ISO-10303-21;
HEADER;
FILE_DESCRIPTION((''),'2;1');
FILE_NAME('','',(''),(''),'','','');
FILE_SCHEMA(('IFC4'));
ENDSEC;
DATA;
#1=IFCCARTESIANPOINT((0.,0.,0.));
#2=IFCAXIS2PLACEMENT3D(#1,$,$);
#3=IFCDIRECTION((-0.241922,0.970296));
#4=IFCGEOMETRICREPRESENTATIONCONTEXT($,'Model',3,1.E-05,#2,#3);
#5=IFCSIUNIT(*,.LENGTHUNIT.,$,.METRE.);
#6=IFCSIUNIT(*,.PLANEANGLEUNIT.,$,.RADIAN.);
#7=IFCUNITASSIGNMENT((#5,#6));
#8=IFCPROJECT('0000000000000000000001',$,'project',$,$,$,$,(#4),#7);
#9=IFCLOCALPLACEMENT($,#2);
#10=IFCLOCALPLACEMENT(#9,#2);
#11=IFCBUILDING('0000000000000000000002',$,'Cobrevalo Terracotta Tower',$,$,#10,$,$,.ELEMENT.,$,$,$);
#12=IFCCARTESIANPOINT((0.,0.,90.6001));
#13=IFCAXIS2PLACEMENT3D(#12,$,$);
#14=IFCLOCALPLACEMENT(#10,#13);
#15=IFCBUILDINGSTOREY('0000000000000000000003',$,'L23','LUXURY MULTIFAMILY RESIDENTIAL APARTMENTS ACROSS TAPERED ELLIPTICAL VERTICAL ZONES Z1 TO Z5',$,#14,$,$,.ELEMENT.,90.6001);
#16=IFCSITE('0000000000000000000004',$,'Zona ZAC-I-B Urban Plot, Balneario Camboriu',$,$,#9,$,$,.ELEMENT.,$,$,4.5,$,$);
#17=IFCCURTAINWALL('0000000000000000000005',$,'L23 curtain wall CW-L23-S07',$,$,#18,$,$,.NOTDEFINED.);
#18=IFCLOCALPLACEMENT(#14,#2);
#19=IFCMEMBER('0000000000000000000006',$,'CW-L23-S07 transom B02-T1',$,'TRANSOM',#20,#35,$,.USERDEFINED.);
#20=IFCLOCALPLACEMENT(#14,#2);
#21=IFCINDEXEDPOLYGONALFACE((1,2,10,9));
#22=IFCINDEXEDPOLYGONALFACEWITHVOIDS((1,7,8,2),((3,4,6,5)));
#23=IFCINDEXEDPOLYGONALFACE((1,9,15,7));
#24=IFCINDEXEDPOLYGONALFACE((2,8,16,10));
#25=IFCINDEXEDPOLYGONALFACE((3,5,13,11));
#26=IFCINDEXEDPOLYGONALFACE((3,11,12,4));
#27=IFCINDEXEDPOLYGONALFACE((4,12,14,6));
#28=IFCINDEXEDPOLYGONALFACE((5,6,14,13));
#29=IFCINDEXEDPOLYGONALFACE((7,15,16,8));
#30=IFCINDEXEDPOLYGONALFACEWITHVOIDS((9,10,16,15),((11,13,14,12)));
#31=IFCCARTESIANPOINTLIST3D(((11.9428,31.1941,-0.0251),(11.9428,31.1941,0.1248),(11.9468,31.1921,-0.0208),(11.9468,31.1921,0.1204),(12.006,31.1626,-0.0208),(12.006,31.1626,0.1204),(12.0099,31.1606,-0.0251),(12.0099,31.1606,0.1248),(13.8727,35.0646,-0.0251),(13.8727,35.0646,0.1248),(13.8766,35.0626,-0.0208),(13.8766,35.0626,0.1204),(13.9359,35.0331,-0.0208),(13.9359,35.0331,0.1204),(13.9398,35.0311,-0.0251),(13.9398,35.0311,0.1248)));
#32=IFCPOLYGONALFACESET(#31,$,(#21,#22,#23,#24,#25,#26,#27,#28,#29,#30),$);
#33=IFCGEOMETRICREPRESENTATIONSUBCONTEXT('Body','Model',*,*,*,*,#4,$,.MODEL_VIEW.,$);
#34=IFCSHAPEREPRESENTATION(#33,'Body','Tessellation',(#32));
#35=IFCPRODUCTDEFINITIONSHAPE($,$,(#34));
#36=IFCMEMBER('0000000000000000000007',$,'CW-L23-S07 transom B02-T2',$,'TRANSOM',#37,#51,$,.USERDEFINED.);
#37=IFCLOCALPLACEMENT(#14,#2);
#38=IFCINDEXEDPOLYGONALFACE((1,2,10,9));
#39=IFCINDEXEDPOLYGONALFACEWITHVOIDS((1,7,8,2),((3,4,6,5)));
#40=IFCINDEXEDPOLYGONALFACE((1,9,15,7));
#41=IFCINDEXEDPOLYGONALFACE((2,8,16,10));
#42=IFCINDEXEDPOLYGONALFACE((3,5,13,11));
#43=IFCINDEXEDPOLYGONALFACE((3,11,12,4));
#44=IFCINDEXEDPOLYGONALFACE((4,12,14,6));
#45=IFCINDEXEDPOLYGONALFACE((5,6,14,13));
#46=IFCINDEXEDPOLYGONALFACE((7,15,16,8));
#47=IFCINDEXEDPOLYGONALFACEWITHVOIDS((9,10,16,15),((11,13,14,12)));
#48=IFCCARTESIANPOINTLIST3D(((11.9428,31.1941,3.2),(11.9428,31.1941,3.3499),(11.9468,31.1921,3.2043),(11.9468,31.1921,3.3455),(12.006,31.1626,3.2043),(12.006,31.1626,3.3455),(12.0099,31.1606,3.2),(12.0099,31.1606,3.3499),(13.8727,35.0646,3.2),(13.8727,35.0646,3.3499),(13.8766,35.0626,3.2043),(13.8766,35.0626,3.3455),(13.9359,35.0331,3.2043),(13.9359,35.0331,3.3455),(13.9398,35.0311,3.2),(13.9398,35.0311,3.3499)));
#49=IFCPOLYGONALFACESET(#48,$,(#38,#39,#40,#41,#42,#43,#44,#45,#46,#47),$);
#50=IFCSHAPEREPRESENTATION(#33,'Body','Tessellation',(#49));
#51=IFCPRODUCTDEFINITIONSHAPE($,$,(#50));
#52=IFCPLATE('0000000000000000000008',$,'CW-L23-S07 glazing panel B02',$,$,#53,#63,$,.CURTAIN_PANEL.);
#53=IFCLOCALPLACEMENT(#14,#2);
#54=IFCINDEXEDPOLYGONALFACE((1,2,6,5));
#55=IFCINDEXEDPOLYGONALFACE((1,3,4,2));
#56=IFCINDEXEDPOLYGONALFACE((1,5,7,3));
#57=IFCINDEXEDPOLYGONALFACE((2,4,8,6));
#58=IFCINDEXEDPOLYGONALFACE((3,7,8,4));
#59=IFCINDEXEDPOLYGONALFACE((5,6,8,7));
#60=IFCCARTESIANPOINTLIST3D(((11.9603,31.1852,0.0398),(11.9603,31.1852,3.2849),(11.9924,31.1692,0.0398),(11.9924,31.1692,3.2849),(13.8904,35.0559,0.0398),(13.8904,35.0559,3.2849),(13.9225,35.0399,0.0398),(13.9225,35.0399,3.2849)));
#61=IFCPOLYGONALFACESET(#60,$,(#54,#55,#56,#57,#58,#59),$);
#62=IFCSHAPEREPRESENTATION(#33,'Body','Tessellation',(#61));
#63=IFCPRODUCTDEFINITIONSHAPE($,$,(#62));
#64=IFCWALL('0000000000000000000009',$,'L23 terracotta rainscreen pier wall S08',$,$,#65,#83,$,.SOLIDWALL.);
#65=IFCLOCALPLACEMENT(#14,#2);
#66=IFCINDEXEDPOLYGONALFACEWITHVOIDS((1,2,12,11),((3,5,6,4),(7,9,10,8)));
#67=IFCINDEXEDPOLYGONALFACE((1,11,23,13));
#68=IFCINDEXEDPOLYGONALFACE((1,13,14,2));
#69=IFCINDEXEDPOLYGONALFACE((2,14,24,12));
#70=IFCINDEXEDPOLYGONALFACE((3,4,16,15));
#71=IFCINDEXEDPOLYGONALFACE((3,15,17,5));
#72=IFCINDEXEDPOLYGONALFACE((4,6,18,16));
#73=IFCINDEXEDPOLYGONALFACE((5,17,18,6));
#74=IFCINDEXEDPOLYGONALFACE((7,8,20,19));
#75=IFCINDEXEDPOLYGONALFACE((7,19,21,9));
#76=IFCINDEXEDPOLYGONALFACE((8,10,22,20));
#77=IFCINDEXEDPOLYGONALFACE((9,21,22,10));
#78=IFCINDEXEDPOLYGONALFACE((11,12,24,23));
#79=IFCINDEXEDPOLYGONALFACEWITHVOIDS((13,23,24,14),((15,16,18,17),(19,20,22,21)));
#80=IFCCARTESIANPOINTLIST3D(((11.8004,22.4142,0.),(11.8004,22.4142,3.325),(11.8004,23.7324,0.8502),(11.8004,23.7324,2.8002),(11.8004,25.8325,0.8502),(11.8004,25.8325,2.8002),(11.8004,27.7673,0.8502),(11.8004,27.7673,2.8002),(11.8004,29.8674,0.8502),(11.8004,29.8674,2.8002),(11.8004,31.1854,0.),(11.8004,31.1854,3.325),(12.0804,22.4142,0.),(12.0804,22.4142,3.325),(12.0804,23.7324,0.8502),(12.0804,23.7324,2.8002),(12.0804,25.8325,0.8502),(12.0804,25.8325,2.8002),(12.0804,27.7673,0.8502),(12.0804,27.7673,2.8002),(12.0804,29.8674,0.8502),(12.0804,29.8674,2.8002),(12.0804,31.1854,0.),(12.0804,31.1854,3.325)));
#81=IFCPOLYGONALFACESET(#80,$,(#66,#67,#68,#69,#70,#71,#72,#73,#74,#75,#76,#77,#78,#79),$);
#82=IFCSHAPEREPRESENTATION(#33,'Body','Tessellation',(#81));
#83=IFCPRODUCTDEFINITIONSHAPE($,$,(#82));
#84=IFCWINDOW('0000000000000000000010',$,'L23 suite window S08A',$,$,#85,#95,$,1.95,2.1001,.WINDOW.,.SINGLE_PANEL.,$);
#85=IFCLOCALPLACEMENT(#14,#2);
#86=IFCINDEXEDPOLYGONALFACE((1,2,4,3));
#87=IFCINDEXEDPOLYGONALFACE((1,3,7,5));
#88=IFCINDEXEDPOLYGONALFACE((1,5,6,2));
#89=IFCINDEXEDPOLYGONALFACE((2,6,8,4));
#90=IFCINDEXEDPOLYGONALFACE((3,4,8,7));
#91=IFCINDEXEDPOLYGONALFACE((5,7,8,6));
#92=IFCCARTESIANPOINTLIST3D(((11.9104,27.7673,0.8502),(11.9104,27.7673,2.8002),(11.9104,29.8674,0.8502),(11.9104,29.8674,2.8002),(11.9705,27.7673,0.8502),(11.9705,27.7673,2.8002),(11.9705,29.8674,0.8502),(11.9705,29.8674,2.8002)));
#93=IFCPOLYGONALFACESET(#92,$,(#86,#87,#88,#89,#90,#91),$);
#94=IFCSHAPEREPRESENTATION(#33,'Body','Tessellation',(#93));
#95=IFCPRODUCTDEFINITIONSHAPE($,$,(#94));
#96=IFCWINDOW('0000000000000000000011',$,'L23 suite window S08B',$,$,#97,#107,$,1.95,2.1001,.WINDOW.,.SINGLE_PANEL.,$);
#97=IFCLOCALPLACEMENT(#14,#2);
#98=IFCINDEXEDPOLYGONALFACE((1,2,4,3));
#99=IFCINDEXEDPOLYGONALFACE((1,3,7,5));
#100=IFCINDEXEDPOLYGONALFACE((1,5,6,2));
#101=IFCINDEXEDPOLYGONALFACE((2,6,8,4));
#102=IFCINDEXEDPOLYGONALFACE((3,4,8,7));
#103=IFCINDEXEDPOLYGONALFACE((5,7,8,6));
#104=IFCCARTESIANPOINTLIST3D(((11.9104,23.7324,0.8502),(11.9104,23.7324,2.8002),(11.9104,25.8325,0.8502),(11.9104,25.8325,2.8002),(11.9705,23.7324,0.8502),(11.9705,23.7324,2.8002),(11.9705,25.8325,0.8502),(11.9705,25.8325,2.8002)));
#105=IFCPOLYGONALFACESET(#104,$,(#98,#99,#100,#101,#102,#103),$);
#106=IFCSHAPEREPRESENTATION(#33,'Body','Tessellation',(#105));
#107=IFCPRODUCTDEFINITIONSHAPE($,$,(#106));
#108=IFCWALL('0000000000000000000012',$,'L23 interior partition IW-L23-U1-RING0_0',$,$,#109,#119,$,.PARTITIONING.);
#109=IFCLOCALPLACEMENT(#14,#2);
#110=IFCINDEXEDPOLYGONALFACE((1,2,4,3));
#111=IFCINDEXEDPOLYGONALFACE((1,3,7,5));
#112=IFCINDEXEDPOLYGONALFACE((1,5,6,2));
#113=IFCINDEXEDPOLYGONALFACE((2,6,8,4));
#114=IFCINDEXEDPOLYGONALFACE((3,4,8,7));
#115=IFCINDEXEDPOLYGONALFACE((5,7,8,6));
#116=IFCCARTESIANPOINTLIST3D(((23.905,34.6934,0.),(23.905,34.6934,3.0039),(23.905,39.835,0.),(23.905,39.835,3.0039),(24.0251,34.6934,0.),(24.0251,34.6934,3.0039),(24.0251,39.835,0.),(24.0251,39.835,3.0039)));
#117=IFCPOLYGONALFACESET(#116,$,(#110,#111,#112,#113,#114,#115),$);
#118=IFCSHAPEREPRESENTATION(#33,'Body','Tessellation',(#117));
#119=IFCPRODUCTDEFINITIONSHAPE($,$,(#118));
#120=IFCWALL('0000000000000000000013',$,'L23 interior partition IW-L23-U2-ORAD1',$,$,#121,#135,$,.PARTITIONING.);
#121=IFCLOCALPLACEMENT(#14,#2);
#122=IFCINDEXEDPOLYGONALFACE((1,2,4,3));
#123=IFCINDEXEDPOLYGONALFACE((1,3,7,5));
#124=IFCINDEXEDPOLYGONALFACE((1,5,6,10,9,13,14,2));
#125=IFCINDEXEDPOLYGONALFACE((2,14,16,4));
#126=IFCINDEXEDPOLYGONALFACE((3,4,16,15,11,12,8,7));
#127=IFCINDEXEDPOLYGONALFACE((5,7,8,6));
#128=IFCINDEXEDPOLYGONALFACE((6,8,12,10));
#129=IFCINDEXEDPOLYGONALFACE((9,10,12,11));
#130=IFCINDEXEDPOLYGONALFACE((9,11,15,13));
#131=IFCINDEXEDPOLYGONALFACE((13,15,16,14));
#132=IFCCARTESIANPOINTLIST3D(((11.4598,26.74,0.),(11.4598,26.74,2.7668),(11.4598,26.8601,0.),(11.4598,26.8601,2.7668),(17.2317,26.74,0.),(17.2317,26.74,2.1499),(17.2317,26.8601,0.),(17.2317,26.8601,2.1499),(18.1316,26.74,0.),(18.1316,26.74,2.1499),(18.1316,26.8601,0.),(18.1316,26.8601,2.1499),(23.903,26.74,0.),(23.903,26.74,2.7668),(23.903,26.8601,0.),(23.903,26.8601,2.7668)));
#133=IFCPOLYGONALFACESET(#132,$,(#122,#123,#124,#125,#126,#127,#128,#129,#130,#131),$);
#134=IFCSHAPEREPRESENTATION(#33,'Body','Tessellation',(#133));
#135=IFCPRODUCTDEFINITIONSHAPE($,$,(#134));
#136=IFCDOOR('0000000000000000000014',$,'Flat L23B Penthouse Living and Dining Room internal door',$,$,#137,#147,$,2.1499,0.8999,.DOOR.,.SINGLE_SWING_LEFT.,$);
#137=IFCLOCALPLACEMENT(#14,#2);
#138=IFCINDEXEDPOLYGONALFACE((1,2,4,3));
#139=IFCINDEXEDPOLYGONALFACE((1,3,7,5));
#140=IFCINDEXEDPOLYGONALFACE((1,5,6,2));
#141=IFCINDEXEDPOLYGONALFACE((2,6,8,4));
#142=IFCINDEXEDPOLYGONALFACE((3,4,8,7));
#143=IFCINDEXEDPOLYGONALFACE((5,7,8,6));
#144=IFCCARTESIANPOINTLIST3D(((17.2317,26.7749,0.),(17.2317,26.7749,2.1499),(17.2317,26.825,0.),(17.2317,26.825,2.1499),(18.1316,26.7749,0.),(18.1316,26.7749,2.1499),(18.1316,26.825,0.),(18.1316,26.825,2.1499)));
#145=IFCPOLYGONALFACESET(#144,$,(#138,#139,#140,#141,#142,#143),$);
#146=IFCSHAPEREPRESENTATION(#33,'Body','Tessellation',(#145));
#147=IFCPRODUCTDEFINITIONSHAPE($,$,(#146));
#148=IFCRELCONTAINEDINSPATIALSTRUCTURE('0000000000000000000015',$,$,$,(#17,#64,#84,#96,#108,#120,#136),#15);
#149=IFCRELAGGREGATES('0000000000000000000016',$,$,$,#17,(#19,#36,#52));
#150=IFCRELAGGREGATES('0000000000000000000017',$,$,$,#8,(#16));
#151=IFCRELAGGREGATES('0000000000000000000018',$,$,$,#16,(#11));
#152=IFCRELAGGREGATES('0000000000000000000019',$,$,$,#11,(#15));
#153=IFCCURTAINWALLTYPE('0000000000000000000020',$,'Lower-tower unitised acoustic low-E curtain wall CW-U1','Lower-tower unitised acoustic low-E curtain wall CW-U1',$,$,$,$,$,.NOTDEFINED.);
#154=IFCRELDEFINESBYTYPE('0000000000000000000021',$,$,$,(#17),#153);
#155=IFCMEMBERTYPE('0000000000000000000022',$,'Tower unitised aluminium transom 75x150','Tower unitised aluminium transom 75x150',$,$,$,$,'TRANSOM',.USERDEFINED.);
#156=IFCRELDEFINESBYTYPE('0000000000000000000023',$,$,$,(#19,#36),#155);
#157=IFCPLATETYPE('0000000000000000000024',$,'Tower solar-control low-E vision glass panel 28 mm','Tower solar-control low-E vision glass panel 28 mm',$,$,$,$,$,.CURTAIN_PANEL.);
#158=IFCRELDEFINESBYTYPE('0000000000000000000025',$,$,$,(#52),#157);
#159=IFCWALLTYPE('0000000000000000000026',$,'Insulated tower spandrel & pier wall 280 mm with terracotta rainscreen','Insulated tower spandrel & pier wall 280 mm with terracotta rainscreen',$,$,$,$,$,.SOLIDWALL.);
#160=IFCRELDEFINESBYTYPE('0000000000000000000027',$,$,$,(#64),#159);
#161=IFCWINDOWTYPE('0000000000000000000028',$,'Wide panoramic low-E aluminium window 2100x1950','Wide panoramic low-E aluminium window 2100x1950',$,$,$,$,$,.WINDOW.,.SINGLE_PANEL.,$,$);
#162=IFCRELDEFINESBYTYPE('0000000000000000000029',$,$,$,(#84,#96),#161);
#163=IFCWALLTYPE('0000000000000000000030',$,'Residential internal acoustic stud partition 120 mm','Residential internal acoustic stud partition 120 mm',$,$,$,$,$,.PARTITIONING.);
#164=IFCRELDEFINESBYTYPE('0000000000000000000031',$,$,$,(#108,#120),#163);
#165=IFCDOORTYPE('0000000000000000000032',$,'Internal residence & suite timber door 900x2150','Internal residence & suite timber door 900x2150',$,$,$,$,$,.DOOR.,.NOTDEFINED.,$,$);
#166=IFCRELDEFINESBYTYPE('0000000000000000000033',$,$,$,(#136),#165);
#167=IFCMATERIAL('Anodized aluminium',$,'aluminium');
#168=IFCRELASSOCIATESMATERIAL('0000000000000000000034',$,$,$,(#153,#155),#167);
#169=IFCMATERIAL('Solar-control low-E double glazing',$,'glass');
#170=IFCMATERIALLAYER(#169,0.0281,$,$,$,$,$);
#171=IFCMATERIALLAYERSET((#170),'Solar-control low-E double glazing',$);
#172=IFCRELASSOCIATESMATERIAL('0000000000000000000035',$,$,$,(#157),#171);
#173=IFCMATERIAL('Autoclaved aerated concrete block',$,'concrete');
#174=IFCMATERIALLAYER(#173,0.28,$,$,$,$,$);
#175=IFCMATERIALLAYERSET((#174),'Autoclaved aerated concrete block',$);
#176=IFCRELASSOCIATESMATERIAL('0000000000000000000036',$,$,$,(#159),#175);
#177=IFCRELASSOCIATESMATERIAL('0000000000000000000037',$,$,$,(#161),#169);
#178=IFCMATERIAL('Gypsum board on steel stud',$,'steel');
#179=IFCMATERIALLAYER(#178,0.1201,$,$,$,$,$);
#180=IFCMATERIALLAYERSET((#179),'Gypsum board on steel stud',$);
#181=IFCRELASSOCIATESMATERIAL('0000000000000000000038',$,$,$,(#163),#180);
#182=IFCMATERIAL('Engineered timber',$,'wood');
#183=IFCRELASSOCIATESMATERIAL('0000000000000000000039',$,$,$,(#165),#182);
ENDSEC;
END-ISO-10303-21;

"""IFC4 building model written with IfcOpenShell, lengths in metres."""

from ifc_helpers import new_model, si_unit, direction, frame, frame_2d, origin, origin_2d, place, context, subcontext, project, spatial, rectangle, hollow_rectangle, extrude, source, transform, mapped, material, layer, layer_set, material_profile, profile_set, type_object, element, fill, aggregate, save


model = new_model("IFC4")

# Units and contexts
model_context = context("Model", 3, precision=1e-05, world=origin(), true_north=direction((-0.241922, 0.970296)))
body_context = subcontext(model_context, "Body", "Model", "MODEL_VIEW")
ifc_project = project(units=[si_unit("LENGTHUNIT", "METRE"), si_unit("PLANEANGLEUNIT", "RADIAN")], contexts=[model_context])

# Site, building, storey
site_placement = place(None, origin())
site = spatial("IfcSite", under=ifc_project, at=site_placement, Name="Zona ZAC-I-B Urban Plot, Balneario Camboriu", CompositionType="ELEMENT", RefElevation=4.5)
building_placement = place(site_placement, origin())
building = spatial("IfcBuilding", under=site, at=building_placement, Name="Cobrevalo Terracotta Tower", CompositionType="ELEMENT")
storey_placement = place(building_placement, frame((0.0, 0.0, 90.6001)))
storey = spatial("IfcBuildingStorey", under=building, at=storey_placement, Name="L23", Description="LUXURY MULTIFAMILY RESIDENTIAL APARTMENTS ACROSS TAPERED ELLIPTICAL VERTICAL ZONES Z1 TO Z5", CompositionType="ELEMENT", Elevation=90.6001)

# Curtain wall
ifc_material_1 = material(Name="Anodized aluminium", Category="aluminium")
curtain_wall_type = type_object("IfcCurtainWallType", Name="Lower-tower unitised acoustic low-E curtain wall CW-U1", Description="Lower-tower unitised acoustic low-E curtain wall CW-U1", PredefinedType="NOTDEFINED", material=ifc_material_1)
curtain_wall_1_placement = place(storey_placement, origin())
curtain_wall_1 = element("IfcCurtainWall", 1, at=curtain_wall_1_placement, inside=storey, type_object=curtain_wall_type, Name="L23 curtain wall CW-L23-S07", PredefinedType="NOTDEFINED")

# Members
ifc_material_profile_1 = material_profile(ifc_material_1, hollow_rectangle(XDim=0.075, YDim=0.1499, WallThickness=0.0044, at=origin_2d()), Name="CWT 75x150")
ifc_profile_set_1 = profile_set([ifc_material_profile_1], Name="Anodized aluminium")
member_type_1 = type_object("IfcMemberType", Name="Tower unitised aluminium transom 75x150", Description="Tower unitised aluminium transom 75x150", ElementType="TRANSOM", PredefinedType="USERDEFINED", material=ifc_profile_set_1)
shared_shape_1 = source(origin(), body_context, "Body", "SweptSolid", [
    extrude(hollow_rectangle(XDim=0.075, YDim=0.1499, WallThickness=0.0044, at=origin_2d()), origin(), (0.0, 0.0, 1.0), 4.325),
])
member_1_placement = place(storey_placement, frame((13.9062, 35.0479, 0.0498), z_axis=(-0.44622, -0.894923, 0.0), x_axis=(0.894923, -0.44622, 0.0)))
member_1 = element("IfcMember", 2, at=member_1_placement, type_object=member_type_1, Name="CW-L23-S07 transom B02-T1", ObjectType="TRANSOM", PredefinedType="USERDEFINED", context=body_context, shape_type="MappedRepresentation", body=[
    mapped(shared_shape_1, transform((0.0, 0.0, 0.0), scale=1.0)),
])
member_2_placement = place(storey_placement, frame((13.9062, 35.0479, 3.2749), z_axis=(-0.44622, -0.894923, 0.0), x_axis=(0.894923, -0.44622, 0.0)))
member_2 = element("IfcMember", 3, at=member_2_placement, type_object=member_type_1, Name="CW-L23-S07 transom B02-T2", ObjectType="TRANSOM", PredefinedType="USERDEFINED", context=body_context, shape_type="MappedRepresentation", body=[
    mapped(shared_shape_1, transform((0.0, 0.0, 0.0), scale=1.0)),
])

# Plate
ifc_material_2 = material(Name="Solar-control low-E double glazing", Category="glass")
ifc_layer_1 = layer(ifc_material_2, 0.0281)
ifc_layer_set_1 = layer_set([ifc_layer_1], Name="Solar-control low-E double glazing")
plate_type = type_object("IfcPlateType", Name="Tower solar-control low-E vision glass panel 28 mm", Description="Tower solar-control low-E vision glass panel 28 mm", PredefinedType="CURTAIN_PANEL", material=ifc_layer_set_1)
shared_shape_2 = source(origin(), body_context, "Body", "SweptSolid", [
    extrude(rectangle(XDim=4.3252, YDim=0.0359, at=origin_2d()), origin(), (0.0, 0.0, 1.0), 3.2451),
])
plate_placement = place(storey_placement, frame((12.9414, 33.1125, 0.0398), z_axis=(0.0, 0.0, 1.0), x_axis=(-0.446262, -0.894902, 0.0)))
plate = element("IfcPlate", 4, at=plate_placement, type_object=plate_type, Name="CW-L23-S07 glazing panel B02", PredefinedType="CURTAIN_PANEL", context=body_context, shape_type="MappedRepresentation", body=[
    mapped(shared_shape_2, transform((0.0, 0.0, 0.0), scale=1.0)),
])
aggregate(curtain_wall_1, [member_1, member_2, plate])

# Wall, openings, windows
ifc_material_3 = material(Name="Autoclaved aerated concrete block", Category="concrete")
ifc_layer_2 = layer(ifc_material_3, 0.28)
ifc_layer_set_2 = layer_set([ifc_layer_2], Name="Autoclaved aerated concrete block")
wall_type_1 = type_object("IfcWallType", Name="Insulated tower spandrel & pier wall 280 mm with terracotta rainscreen", Description="Insulated tower spandrel & pier wall 280 mm with terracotta rainscreen", PredefinedType="SOLIDWALL", material=ifc_layer_set_2)
wall_1_placement = place(storey_placement, frame((11.9404, 31.1855, 0.0), z_axis=(0.0, 0.0, 1.0), x_axis=(0.0, -1.0, 0.0)))
wall_1 = element("IfcWall", 5, at=wall_1_placement, inside=storey, type_object=wall_type_1, Name="L23 terracotta rainscreen pier wall S08", PredefinedType="SOLIDWALL", context=body_context, shape_type="SweptSolid", body=[
    extrude(rectangle(XDim=8.7712, YDim=0.28, at=frame_2d((4.3857, 0.0))), origin(), (0.0, 0.0, 1.0), 3.325),
])
opening_1_placement = place(wall_1_placement, frame((1.3181, 0.0, 0.8501)))
opening_1 = element("IfcOpeningElement", 6, at=opening_1_placement, cuts=wall_1, PredefinedType="OPENING", context=body_context, shape_type="SweptSolid", body=[
    extrude(rectangle(XDim=2.1001, YDim=1.95, at=frame_2d((1.05, 0.9751))), frame((0.0, 0.1499, 0.0), z_axis=(0.0, -1.0, 0.0), x_axis=(1.0, 0.0, 0.0)), (0.0, 0.0, 1.0), 0.3),
])
opening_2_placement = place(wall_1_placement, frame((5.353, 0.0, 0.8501)))
opening_2 = element("IfcOpeningElement", 7, at=opening_2_placement, cuts=wall_1, PredefinedType="OPENING", context=body_context, shape_type="SweptSolid", body=[
    extrude(rectangle(XDim=2.1001, YDim=1.95, at=frame_2d((1.05, 0.9751))), frame((0.0, 0.1499, 0.0), z_axis=(0.0, -1.0, 0.0), x_axis=(1.0, 0.0, 0.0)), (0.0, 0.0, 1.0), 0.3),
])
window_type = type_object("IfcWindowType", Name="Wide panoramic low-E aluminium window 2100x1950", Description="Wide panoramic low-E aluminium window 2100x1950", PartitioningType="SINGLE_PANEL", PredefinedType="WINDOW", material=ifc_material_2)
shared_shape_3 = source(origin(), body_context, "Body", "SweptSolid", [
    extrude(rectangle(XDim=2.1001, YDim=1.95, at=frame_2d((1.05, 0.9751))), frame((0.0, 0.03, 0.0), z_axis=(0.0, -1.0, 0.0), x_axis=(1.0, 0.0, 0.0)), (0.0, 0.0, 1.0), 0.0601),
])
window_1_placement = place(opening_1_placement, origin())
window_1 = element("IfcWindow", 8, at=window_1_placement, inside=storey, type_object=window_type, Name="L23 suite window S08A", OverallHeight=1.95, OverallWidth=2.1001, PartitioningType="SINGLE_PANEL", PredefinedType="WINDOW", context=body_context, shape_type="MappedRepresentation", body=[
    mapped(shared_shape_3, transform((0.0, 0.0, 0.0), scale=1.0)),
])
fill(opening_1, window_1)
window_2_placement = place(opening_2_placement, origin())
window_2 = element("IfcWindow", 9, at=window_2_placement, inside=storey, type_object=window_type, Name="L23 suite window S08B", OverallHeight=1.95, OverallWidth=2.1001, PartitioningType="SINGLE_PANEL", PredefinedType="WINDOW", context=body_context, shape_type="MappedRepresentation", body=[
    mapped(shared_shape_3, transform((0.0, 0.0, 0.0), scale=1.0)),
])
fill(opening_2, window_2)

# Wall
ifc_material_4 = material(Name="Gypsum board on steel stud", Category="steel")
ifc_layer_3 = layer(ifc_material_4, 0.1201)
ifc_layer_set_3 = layer_set([ifc_layer_3], Name="Gypsum board on steel stud")
wall_type_2 = type_object("IfcWallType", Name="Residential internal acoustic stud partition 120 mm", Description="Residential internal acoustic stud partition 120 mm", PredefinedType="PARTITIONING", material=ifc_layer_set_3)
wall_2_placement = place(storey_placement, frame((23.9651, 34.6934, 0.0), z_axis=(0.0, 0.0, 1.0), x_axis=(0.0, 1.0, 0.0)))
element("IfcWall", 10, at=wall_2_placement, inside=storey, type_object=wall_type_2, Name="L23 interior partition IW-L23-U1-RING0_0", PredefinedType="PARTITIONING", context=body_context, shape_type="SweptSolid", body=[
    extrude(rectangle(XDim=5.1416, YDim=0.1201, at=frame_2d((2.5708, 0.0))), origin(), (0.0, 0.0, 1.0), 3.0039),
])

# Wall, opening, door
wall_3_placement = place(storey_placement, frame((23.9031, 26.8, 0.0), z_axis=(0.0, 0.0, 1.0), x_axis=(-1.0, 0.0, 0.0)))
wall_3 = element("IfcWall", 11, at=wall_3_placement, inside=storey, type_object=wall_type_2, Name="L23 interior partition IW-L23-U2-ORAD1", PredefinedType="PARTITIONING", context=body_context, shape_type="SweptSolid", body=[
    extrude(rectangle(XDim=12.4431, YDim=0.1201, at=frame_2d((6.2217, 0.0))), origin(), (0.0, 0.0, 1.0), 2.7668),
])
opening_3_placement = place(wall_3_placement, frame((5.7715, 0.0, 0.0)))
opening_3 = element("IfcOpeningElement", 12, at=opening_3_placement, cuts=wall_3, PredefinedType="OPENING", context=body_context, shape_type="SweptSolid", body=[
    extrude(rectangle(XDim=0.8999, YDim=2.1499, at=frame_2d((0.45, 1.075))), frame((0.0, 0.0701, 0.0), z_axis=(0.0, -1.0, 0.0), x_axis=(1.0, 0.0, 0.0)), (0.0, 0.0, 1.0), 0.1401),
])
ifc_material_5 = material(Name="Engineered timber", Category="wood")
door_type = type_object("IfcDoorType", Name="Internal residence & suite timber door 900x2150", Description="Internal residence & suite timber door 900x2150", OperationType="NOTDEFINED", PredefinedType="DOOR", material=ifc_material_5)
shared_shape_4 = source(origin(), body_context, "Body", "SweptSolid", [
    extrude(rectangle(XDim=0.8999, YDim=2.1499, at=frame_2d((0.45, 1.075))), frame((0.0, 0.0249, 0.0), z_axis=(0.0, -1.0, 0.0), x_axis=(1.0, 0.0, 0.0)), (0.0, 0.0, 1.0), 0.05),
])
door_1_placement = place(opening_3_placement, frame((0.8999, 0.0, 0.0), z_axis=(0.0, 0.0, 1.0), x_axis=(-1.0, 0.0, 0.0)))
door_1 = element("IfcDoor", 13, at=door_1_placement, inside=storey, type_object=door_type, Name="Flat L23B Penthouse Living and Dining Room internal door", OperationType="SINGLE_SWING_LEFT", OverallHeight=2.1499, OverallWidth=0.8999, PredefinedType="DOOR", context=body_context, shape_type="MappedRepresentation", body=[
    mapped(shared_shape_4, transform((0.0, 0.0, 0.0), scale=1.0)),
])
fill(opening_3, door_1)

save(model, "model.ifc")
